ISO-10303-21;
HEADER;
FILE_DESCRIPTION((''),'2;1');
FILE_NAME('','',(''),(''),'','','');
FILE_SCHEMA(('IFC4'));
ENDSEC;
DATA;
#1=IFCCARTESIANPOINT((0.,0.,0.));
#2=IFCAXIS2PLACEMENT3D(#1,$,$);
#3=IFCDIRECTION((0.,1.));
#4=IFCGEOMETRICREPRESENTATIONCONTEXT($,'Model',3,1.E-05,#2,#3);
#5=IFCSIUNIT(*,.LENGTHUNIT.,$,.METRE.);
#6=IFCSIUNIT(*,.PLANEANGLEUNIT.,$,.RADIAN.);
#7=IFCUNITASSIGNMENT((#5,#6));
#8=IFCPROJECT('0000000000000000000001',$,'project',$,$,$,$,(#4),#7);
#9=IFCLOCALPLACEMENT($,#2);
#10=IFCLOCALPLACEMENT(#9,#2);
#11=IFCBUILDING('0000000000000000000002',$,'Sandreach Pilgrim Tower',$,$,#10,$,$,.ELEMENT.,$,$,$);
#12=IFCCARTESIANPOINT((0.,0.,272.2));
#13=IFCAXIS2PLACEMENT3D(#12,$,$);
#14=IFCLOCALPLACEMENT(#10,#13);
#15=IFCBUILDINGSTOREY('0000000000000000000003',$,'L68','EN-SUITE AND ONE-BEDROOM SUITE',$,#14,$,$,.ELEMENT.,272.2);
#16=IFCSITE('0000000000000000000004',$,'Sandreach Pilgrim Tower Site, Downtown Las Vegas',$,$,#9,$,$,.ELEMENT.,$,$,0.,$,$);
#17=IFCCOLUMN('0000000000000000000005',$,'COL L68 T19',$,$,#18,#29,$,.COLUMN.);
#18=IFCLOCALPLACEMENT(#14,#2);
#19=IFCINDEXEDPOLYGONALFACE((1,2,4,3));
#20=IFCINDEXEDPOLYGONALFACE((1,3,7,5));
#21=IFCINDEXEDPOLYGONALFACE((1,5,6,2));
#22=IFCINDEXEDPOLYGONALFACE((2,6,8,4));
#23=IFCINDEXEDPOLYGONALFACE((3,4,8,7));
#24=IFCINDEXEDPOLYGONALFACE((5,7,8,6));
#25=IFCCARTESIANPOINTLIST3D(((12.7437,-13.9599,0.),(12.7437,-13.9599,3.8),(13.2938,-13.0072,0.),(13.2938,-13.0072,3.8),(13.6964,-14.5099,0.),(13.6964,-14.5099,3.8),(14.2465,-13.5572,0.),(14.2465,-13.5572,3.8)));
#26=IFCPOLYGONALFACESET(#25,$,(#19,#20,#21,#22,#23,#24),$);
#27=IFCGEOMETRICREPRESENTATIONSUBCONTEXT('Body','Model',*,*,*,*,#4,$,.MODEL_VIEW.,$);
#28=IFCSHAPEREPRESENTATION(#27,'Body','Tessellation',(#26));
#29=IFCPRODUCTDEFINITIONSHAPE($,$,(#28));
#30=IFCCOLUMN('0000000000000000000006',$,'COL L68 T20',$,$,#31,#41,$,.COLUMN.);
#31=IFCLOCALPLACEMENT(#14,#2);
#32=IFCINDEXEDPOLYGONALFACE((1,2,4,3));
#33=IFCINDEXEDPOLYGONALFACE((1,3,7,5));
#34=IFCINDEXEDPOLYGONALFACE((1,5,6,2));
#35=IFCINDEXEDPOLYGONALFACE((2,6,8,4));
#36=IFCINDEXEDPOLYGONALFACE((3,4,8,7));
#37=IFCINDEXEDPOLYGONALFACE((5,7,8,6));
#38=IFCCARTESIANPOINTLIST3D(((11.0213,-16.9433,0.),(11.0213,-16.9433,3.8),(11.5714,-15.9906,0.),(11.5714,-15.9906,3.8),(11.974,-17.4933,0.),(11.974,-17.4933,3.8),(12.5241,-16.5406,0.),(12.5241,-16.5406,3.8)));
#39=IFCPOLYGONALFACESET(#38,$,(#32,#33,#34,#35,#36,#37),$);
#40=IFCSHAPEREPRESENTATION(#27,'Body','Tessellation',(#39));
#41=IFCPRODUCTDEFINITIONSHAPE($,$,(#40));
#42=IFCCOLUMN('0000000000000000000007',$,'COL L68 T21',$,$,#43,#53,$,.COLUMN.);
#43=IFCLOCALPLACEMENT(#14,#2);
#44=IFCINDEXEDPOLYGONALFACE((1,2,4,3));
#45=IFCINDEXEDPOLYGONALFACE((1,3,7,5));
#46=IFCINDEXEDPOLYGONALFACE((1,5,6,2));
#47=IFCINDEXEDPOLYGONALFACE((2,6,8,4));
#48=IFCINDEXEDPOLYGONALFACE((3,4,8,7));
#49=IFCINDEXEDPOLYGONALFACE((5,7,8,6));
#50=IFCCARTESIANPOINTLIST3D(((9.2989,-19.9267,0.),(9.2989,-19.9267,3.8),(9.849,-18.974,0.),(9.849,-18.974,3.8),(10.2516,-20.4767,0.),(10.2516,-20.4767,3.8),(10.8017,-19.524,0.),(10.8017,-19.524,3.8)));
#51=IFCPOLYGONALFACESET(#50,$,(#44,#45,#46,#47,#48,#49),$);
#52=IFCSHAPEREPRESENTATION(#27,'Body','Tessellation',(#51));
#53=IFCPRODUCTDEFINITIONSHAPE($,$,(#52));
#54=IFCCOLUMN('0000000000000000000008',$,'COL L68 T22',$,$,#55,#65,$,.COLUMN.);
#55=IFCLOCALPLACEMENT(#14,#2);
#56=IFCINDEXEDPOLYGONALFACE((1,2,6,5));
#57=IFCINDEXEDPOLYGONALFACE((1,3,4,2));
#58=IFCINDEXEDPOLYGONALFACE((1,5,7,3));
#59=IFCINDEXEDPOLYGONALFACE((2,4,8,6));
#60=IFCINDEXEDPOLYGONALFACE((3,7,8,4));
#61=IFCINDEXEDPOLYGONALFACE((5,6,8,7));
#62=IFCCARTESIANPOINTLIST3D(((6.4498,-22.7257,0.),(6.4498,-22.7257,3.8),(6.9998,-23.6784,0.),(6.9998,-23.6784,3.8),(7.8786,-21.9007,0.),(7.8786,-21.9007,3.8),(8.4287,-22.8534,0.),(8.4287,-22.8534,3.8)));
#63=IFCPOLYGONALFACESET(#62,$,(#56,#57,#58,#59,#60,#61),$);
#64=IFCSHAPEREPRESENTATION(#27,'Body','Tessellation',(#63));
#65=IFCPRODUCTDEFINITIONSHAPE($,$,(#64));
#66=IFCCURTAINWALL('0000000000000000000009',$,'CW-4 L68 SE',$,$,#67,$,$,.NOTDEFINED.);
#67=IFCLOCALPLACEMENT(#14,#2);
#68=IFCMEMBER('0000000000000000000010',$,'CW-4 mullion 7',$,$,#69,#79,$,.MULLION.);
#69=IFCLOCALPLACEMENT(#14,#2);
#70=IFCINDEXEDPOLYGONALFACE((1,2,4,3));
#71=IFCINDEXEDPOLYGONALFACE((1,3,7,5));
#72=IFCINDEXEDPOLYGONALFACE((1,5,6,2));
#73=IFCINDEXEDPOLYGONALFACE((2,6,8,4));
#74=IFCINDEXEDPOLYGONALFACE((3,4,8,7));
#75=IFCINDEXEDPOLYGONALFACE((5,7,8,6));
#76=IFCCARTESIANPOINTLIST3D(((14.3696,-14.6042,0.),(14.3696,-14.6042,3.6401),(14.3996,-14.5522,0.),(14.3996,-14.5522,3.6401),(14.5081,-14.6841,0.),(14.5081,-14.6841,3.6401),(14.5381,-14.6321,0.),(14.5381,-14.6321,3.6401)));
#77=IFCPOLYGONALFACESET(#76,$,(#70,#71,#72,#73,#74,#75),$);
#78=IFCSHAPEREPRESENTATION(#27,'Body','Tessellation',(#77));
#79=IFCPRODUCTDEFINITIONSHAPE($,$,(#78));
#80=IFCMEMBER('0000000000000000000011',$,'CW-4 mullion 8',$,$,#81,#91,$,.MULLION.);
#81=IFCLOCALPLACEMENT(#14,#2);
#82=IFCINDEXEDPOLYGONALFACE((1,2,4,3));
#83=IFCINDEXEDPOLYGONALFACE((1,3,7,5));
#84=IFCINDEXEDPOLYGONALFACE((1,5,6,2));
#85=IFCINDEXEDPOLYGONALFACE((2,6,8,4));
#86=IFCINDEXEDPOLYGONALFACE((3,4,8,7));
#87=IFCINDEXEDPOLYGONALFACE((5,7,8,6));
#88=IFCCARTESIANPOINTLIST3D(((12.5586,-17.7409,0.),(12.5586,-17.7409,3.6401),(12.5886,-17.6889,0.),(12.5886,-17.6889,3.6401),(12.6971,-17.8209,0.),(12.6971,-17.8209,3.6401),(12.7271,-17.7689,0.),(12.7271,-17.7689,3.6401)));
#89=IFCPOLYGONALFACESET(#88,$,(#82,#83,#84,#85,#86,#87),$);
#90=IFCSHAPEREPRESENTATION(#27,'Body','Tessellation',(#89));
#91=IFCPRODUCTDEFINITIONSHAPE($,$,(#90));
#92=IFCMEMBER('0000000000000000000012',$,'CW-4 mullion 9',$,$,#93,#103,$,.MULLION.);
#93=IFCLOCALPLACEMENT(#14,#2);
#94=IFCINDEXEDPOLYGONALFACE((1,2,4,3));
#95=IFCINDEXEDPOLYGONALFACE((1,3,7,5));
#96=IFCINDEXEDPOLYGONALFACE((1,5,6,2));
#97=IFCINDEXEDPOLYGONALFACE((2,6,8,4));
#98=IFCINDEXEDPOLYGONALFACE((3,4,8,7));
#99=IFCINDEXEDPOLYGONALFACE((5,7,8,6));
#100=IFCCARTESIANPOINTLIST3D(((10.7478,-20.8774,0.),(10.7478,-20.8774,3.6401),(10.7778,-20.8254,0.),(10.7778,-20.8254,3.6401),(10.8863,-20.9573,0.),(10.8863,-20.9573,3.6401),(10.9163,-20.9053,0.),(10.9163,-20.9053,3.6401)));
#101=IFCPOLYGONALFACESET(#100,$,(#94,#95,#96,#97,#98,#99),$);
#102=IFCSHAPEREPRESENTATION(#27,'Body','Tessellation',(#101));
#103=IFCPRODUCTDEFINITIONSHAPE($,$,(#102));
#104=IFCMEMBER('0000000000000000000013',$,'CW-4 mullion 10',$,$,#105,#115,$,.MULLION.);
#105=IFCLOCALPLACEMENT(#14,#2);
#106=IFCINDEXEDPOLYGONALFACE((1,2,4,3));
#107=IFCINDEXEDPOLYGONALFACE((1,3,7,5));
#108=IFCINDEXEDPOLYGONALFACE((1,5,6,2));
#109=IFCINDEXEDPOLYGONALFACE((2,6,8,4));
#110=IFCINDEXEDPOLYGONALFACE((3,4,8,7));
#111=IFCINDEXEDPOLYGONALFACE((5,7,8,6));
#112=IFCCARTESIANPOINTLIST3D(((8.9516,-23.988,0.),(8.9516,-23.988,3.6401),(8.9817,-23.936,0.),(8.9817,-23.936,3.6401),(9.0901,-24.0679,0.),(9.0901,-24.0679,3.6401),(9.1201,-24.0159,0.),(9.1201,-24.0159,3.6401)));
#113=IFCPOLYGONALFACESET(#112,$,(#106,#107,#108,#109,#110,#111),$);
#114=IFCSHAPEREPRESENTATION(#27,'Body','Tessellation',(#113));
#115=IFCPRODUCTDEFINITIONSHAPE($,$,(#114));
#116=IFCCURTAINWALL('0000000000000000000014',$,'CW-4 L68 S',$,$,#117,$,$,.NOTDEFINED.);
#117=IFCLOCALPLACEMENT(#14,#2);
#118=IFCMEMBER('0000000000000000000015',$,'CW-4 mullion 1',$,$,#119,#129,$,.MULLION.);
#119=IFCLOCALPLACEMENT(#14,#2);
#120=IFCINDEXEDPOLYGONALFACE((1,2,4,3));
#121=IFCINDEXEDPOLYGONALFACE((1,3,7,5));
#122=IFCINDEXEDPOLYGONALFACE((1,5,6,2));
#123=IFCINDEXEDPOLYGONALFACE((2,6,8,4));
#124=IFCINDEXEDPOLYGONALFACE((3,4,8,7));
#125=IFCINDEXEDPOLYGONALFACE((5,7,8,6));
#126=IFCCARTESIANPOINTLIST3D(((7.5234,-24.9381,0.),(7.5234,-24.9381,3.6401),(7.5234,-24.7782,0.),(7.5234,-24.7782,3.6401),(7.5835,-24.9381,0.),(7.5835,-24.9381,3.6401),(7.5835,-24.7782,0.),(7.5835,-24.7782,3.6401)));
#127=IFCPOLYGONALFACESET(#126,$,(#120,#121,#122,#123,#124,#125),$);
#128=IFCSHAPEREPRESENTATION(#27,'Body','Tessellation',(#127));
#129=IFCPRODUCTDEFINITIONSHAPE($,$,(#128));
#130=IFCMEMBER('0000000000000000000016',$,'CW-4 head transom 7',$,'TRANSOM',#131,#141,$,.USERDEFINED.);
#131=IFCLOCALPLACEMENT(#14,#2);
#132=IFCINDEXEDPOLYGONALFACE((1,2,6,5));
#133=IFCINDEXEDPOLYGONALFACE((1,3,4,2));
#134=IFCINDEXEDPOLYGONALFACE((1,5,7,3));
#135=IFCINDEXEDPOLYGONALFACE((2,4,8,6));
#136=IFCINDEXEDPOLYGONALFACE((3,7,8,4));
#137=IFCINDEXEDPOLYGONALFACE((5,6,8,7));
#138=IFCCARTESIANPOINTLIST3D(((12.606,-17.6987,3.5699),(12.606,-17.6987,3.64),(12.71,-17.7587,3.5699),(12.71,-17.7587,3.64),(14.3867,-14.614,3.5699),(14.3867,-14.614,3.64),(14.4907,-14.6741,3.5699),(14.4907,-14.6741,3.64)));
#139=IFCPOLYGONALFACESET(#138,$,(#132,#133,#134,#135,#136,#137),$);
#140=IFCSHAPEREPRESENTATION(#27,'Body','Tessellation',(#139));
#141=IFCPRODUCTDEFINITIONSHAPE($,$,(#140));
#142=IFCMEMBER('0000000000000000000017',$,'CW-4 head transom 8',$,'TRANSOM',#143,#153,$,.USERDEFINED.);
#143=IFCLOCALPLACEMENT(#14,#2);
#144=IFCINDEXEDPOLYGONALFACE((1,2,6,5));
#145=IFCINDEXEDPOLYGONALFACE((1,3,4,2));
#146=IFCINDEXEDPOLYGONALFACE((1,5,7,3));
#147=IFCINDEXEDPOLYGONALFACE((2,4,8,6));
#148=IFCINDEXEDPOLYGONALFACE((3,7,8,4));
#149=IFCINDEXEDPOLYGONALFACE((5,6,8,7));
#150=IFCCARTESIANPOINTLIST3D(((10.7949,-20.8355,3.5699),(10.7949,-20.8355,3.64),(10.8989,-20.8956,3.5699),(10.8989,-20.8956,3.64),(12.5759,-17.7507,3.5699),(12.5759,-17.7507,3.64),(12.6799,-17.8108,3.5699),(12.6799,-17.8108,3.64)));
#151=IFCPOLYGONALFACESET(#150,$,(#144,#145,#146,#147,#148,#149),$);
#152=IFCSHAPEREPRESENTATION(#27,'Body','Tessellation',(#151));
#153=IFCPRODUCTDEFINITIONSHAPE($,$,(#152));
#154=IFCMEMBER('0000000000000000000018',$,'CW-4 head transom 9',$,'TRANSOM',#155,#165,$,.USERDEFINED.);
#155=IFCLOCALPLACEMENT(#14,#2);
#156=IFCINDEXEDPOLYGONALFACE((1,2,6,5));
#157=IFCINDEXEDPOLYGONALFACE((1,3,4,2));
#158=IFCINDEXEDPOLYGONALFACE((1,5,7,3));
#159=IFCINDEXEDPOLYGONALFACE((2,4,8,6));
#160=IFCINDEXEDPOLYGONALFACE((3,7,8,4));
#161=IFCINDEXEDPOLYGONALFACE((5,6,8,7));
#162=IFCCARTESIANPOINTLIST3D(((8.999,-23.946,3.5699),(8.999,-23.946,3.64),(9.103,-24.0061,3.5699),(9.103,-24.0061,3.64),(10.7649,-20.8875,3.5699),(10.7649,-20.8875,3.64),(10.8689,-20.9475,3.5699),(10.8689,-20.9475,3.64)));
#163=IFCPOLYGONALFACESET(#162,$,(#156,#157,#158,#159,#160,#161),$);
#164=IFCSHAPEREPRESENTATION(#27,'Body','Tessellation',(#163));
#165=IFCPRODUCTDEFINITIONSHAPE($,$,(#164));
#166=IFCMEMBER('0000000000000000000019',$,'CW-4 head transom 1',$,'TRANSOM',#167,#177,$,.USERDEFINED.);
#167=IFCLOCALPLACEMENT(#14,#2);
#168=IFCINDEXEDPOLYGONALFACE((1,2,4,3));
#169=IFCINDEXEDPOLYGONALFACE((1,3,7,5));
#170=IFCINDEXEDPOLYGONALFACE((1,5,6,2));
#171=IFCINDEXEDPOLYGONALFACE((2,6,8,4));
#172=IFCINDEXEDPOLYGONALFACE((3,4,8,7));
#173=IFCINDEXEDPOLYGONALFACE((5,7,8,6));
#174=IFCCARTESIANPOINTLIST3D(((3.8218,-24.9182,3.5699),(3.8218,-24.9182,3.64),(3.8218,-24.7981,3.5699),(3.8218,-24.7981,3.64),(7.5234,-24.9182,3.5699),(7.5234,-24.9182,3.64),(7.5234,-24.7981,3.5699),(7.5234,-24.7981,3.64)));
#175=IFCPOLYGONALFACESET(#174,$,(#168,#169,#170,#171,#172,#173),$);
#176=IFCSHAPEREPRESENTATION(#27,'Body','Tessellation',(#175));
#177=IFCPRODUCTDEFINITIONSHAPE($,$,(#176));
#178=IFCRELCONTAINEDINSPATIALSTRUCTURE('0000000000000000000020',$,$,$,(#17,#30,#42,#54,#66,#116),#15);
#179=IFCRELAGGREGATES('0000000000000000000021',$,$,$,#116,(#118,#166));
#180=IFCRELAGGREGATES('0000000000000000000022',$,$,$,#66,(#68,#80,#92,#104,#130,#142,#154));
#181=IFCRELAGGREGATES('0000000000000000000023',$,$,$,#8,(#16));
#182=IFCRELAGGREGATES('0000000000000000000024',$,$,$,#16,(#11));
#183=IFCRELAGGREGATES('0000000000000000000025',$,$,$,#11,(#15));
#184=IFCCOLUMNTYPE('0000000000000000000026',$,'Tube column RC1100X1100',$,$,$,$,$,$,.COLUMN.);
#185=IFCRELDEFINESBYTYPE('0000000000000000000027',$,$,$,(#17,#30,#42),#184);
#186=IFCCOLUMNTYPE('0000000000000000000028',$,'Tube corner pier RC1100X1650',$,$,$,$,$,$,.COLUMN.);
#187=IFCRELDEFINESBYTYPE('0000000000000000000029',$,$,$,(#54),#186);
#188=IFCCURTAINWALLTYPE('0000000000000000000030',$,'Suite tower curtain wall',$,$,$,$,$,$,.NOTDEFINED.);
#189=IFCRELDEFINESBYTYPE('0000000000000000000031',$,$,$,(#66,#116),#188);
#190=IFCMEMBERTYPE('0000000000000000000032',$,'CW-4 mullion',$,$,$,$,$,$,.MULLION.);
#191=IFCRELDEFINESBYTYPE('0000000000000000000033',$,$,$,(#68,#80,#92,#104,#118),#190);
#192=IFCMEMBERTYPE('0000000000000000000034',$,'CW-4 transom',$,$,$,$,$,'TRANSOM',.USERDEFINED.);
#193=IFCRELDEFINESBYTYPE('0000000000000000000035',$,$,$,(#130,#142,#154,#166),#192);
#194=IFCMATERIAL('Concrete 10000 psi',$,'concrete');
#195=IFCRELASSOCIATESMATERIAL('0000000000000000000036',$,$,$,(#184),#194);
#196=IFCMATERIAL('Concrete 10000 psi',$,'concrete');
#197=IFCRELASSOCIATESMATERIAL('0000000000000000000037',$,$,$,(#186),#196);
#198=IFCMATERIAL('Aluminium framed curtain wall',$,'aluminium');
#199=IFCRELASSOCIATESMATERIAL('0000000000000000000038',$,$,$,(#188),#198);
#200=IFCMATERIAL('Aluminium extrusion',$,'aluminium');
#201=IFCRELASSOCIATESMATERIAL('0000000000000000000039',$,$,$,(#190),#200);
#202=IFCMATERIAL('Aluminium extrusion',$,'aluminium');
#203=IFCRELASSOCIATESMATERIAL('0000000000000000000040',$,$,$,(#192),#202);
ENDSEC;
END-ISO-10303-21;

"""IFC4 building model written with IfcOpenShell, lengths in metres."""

from ifc_helpers import new_model, si_unit, direction, frame, origin, origin_2d, place, context, subcontext, project, spatial, rectangle, extrude, material, material_profile, profile_set, type_object, element, aggregate, save


model = new_model("IFC4")

# Units and contexts
model_context = context("Model", 3, precision=1e-05, world=origin(), true_north=direction((0.0, 1.0)))
body_context = subcontext(model_context, "Body", "Model", "MODEL_VIEW")
ifc_project = project(units=[si_unit("LENGTHUNIT", "METRE"), si_unit("PLANEANGLEUNIT", "RADIAN")], contexts=[model_context])

# Site, building, storey
site_placement = place(None, origin())
site = spatial("IfcSite", under=ifc_project, at=site_placement, Name="Sandreach Pilgrim Tower Site, Downtown Las Vegas", CompositionType="ELEMENT", RefElevation=0.0)
building_placement = place(site_placement, origin())
building = spatial("IfcBuilding", under=site, at=building_placement, Name="Sandreach Pilgrim Tower", CompositionType="ELEMENT")
storey_placement = place(building_placement, frame((0.0, 0.0, 272.2)))
storey = spatial("IfcBuildingStorey", under=building, at=storey_placement, Name="L68", Description="EN-SUITE AND ONE-BEDROOM SUITE", CompositionType="ELEMENT", Elevation=272.2)

# Columns
ifc_material_1 = material(Name="Concrete 10000 psi", Category="concrete")
ifc_material_profile_1 = material_profile(ifc_material_1, rectangle(XDim=1.1001, YDim=1.1001, at=origin_2d()), Name="RC1100X1100")
ifc_profile_set_1 = profile_set([ifc_material_profile_1], Name="Concrete 10000 psi")
column_type_1 = type_object("IfcColumnType", Name="Tube column RC1100X1100", PredefinedType="COLUMN", material=ifc_profile_set_1)
for number, where, z_axis, x_axis, name in (
    (1, (13.4951, -13.7585, 0.0), (0.0, 0.0, 1.0), (0.866025, -0.5, 0.0), "COL L68 T19"),
    (2, (11.7727, -16.7419, 0.0), (0.0, 0.0, 1.0), (0.866025, -0.5, 0.0), "COL L68 T20"),
    (3, (10.0503, -19.7253, 0.0), (0.0, 0.0, 1.0), (0.866025, -0.5, 0.0), "COL L68 T21"),
):
    element("IfcColumn", number, at=place(storey_placement, frame(where, z_axis=z_axis, x_axis=x_axis)), inside=storey, type_object=column_type_1, Name=name, PredefinedType="COLUMN", context=body_context, shape_type="SweptSolid", body=[
        extrude(rectangle(XDim=1.1001, YDim=1.1001, at=origin_2d()), origin(), (0.0, 0.0, 1.0), 3.8),
    ])
ifc_material_2 = material(Name="Concrete 10000 psi", Category="concrete")
ifc_material_profile_2 = material_profile(ifc_material_2, rectangle(XDim=1.1001, YDim=1.6499, at=origin_2d()), Name="RC1100X1650")
ifc_profile_set_2 = profile_set([ifc_material_profile_2], Name="Concrete 10000 psi")
column_type_2 = type_object("IfcColumnType", Name="Tube corner pier RC1100X1650", PredefinedType="COLUMN", material=ifc_profile_set_2)
column_placement = place(storey_placement, frame((7.4392, -22.7896, 0.0), z_axis=(0.0, 0.0, 1.0), x_axis=(0.5, -0.866025, 0.0)))
element("IfcColumn", 4, at=column_placement, inside=storey, type_object=column_type_2, Name="COL L68 T22", PredefinedType="COLUMN", context=body_context, shape_type="SweptSolid", body=[
    extrude(rectangle(XDim=1.1001, YDim=1.6499, at=origin_2d()), origin(), (0.0, 0.0, 1.0), 3.8),
])

# Curtain wall, members
ifc_material_3 = material(Name="Aluminium framed curtain wall", Category="aluminium")
curtain_wall_type = type_object("IfcCurtainWallType", Name="Suite tower curtain wall", PredefinedType="NOTDEFINED", material=ifc_material_3)
curtain_wall_1_placement = place(storey_placement, origin())
curtain_wall_1 = element("IfcCurtainWall", 5, at=curtain_wall_1_placement, inside=storey, type_object=curtain_wall_type, Name="CW-4 L68 SE", PredefinedType="NOTDEFINED")
ifc_material_4 = material(Name="Aluminium extrusion", Category="aluminium")
ifc_material_profile_3 = material_profile(ifc_material_4, rectangle(XDim=0.0601, YDim=0.1599, at=origin_2d()), Name="CW-4M 60X160")
ifc_profile_set_3 = profile_set([ifc_material_profile_3], Name="Aluminium extrusion")
member_type_1 = type_object("IfcMemberType", Name="CW-4 mullion", PredefinedType="MULLION", material=ifc_profile_set_3)
member_1_placement = place(storey_placement, frame((14.4539, -14.6182, 0.0), z_axis=(0.0, 0.0, 1.0), x_axis=(-0.5, -0.866025, 0.0)))
member_1 = element("IfcMember", 6, at=member_1_placement, type_object=member_type_1, Name="CW-4 mullion 7", PredefinedType="MULLION", context=body_context, shape_type="SweptSolid", body=[
    extrude(rectangle(XDim=0.0601, YDim=0.1599, at=origin_2d()), origin(), (0.0, 0.0, 1.0), 3.6401),
])
member_2_placement = place(storey_placement, frame((12.6428, -17.7549, 0.0), z_axis=(0.0, 0.0, 1.0), x_axis=(-0.5, -0.866025, 0.0)))
member_2 = element("IfcMember", 7, at=member_2_placement, type_object=member_type_1, Name="CW-4 mullion 8", PredefinedType="MULLION", context=body_context, shape_type="SweptSolid", body=[
    extrude(rectangle(XDim=0.0601, YDim=0.1599, at=origin_2d()), origin(), (0.0, 0.0, 1.0), 3.6401),
])
member_3_placement = place(storey_placement, frame((10.832, -20.8914, 0.0), z_axis=(0.0, 0.0, 1.0), x_axis=(-0.5, -0.866025, 0.0)))
member_3 = element("IfcMember", 8, at=member_3_placement, type_object=member_type_1, Name="CW-4 mullion 9", PredefinedType="MULLION", context=body_context, shape_type="SweptSolid", body=[
    extrude(rectangle(XDim=0.0601, YDim=0.1599, at=origin_2d()), origin(), (0.0, 0.0, 1.0), 3.6401),
])
member_4_placement = place(storey_placement, frame((9.0359, -24.002, 0.0), z_axis=(0.0, 0.0, 1.0), x_axis=(-0.5, -0.866025, 0.0)))
member_4 = element("IfcMember", 9, at=member_4_placement, type_object=member_type_1, Name="CW-4 mullion 10", PredefinedType="MULLION", context=body_context, shape_type="SweptSolid", body=[
    extrude(rectangle(XDim=0.0601, YDim=0.1599, at=origin_2d()), origin(), (0.0, 0.0, 1.0), 3.6401),
])

# Curtain wall, member
curtain_wall_2_placement = place(storey_placement, origin())
curtain_wall_2 = element("IfcCurtainWall", 10, at=curtain_wall_2_placement, inside=storey, type_object=curtain_wall_type, Name="CW-4 L68 S", PredefinedType="NOTDEFINED")
member_5_placement = place(storey_placement, frame((7.5535, -24.8582, 0.0), z_axis=(0.0, 0.0, 1.0), x_axis=(-1.0, 0.0, 0.0)))
member_5 = element("IfcMember", 11, at=member_5_placement, type_object=member_type_1, Name="CW-4 mullion 1", PredefinedType="MULLION", context=body_context, shape_type="SweptSolid", body=[
    extrude(rectangle(XDim=0.0601, YDim=0.1599, at=origin_2d()), origin(), (0.0, 0.0, 1.0), 3.6401),
])

# Members
ifc_material_5 = material(Name="Aluminium extrusion", Category="aluminium")
ifc_material_profile_4 = material_profile(ifc_material_5, rectangle(XDim=0.1201, YDim=0.0701, at=origin_2d()), Name="CW-4T 120X70")
ifc_profile_set_4 = profile_set([ifc_material_profile_4], Name="Aluminium extrusion")
member_type_2 = type_object("IfcMemberType", Name="CW-4 transom", ElementType="TRANSOM", PredefinedType="USERDEFINED", material=ifc_profile_set_4)
member_6_placement = place(storey_placement, frame((14.4387, -14.644, 3.605), z_axis=(-0.499958, -0.86605, 0.0), x_axis=(0.86605, -0.499958, 0.0)))
member_6 = element("IfcMember", 12, at=member_6_placement, type_object=member_type_2, Name="CW-4 head transom 7", ObjectType="TRANSOM", PredefinedType="USERDEFINED", context=body_context, shape_type="SweptSolid", body=[
    extrude(rectangle(XDim=0.1201, YDim=0.0701, at=origin_2d()), origin(), (0.0, 0.0, 1.0), 3.5618),
])
member_7_placement = place(storey_placement, frame((12.6279, -17.7808, 3.605), z_axis=(-0.500009, -0.86602, 0.0), x_axis=(0.86602, -0.500009, 0.0)))
member_7 = element("IfcMember", 13, at=member_7_placement, type_object=member_type_2, Name="CW-4 head transom 8", ObjectType="TRANSOM", PredefinedType="USERDEFINED", context=body_context, shape_type="SweptSolid", body=[
    extrude(rectangle(XDim=0.1201, YDim=0.0701, at=origin_2d()), origin(), (0.0, 0.0, 1.0), 3.562),
])
member_8_placement = place(storey_placement, frame((10.8169, -20.9175, 3.605), z_axis=(-0.499998, -0.866027, 0.0), x_axis=(0.866027, -0.499998, 0.0)))
member_8 = element("IfcMember", 14, at=member_8_placement, type_object=member_type_2, Name="CW-4 head transom 9", ObjectType="TRANSOM", PredefinedType="USERDEFINED", context=body_context, shape_type="SweptSolid", body=[
    extrude(rectangle(XDim=0.1201, YDim=0.0701, at=origin_2d()), origin(), (0.0, 0.0, 1.0), 3.5317),
])
member_9_placement = place(storey_placement, frame((7.5234, -24.8582, 3.605), z_axis=(-1.0, 0.0, 0.0), x_axis=(0.0, -1.0, 0.0)))
member_9 = element("IfcMember", 15, at=member_9_placement, type_object=member_type_2, Name="CW-4 head transom 1", ObjectType="TRANSOM", PredefinedType="USERDEFINED", context=body_context, shape_type="SweptSolid", body=[
    extrude(rectangle(XDim=0.1201, YDim=0.0701, at=origin_2d()), origin(), (0.0, 0.0, 1.0), 3.7017),
])
aggregate(curtain_wall_2, [member_5, member_9])

aggregate(curtain_wall_1, [member_1, member_2, member_3, member_4, member_6, member_7, member_8])

save(model, "model.ifc")
